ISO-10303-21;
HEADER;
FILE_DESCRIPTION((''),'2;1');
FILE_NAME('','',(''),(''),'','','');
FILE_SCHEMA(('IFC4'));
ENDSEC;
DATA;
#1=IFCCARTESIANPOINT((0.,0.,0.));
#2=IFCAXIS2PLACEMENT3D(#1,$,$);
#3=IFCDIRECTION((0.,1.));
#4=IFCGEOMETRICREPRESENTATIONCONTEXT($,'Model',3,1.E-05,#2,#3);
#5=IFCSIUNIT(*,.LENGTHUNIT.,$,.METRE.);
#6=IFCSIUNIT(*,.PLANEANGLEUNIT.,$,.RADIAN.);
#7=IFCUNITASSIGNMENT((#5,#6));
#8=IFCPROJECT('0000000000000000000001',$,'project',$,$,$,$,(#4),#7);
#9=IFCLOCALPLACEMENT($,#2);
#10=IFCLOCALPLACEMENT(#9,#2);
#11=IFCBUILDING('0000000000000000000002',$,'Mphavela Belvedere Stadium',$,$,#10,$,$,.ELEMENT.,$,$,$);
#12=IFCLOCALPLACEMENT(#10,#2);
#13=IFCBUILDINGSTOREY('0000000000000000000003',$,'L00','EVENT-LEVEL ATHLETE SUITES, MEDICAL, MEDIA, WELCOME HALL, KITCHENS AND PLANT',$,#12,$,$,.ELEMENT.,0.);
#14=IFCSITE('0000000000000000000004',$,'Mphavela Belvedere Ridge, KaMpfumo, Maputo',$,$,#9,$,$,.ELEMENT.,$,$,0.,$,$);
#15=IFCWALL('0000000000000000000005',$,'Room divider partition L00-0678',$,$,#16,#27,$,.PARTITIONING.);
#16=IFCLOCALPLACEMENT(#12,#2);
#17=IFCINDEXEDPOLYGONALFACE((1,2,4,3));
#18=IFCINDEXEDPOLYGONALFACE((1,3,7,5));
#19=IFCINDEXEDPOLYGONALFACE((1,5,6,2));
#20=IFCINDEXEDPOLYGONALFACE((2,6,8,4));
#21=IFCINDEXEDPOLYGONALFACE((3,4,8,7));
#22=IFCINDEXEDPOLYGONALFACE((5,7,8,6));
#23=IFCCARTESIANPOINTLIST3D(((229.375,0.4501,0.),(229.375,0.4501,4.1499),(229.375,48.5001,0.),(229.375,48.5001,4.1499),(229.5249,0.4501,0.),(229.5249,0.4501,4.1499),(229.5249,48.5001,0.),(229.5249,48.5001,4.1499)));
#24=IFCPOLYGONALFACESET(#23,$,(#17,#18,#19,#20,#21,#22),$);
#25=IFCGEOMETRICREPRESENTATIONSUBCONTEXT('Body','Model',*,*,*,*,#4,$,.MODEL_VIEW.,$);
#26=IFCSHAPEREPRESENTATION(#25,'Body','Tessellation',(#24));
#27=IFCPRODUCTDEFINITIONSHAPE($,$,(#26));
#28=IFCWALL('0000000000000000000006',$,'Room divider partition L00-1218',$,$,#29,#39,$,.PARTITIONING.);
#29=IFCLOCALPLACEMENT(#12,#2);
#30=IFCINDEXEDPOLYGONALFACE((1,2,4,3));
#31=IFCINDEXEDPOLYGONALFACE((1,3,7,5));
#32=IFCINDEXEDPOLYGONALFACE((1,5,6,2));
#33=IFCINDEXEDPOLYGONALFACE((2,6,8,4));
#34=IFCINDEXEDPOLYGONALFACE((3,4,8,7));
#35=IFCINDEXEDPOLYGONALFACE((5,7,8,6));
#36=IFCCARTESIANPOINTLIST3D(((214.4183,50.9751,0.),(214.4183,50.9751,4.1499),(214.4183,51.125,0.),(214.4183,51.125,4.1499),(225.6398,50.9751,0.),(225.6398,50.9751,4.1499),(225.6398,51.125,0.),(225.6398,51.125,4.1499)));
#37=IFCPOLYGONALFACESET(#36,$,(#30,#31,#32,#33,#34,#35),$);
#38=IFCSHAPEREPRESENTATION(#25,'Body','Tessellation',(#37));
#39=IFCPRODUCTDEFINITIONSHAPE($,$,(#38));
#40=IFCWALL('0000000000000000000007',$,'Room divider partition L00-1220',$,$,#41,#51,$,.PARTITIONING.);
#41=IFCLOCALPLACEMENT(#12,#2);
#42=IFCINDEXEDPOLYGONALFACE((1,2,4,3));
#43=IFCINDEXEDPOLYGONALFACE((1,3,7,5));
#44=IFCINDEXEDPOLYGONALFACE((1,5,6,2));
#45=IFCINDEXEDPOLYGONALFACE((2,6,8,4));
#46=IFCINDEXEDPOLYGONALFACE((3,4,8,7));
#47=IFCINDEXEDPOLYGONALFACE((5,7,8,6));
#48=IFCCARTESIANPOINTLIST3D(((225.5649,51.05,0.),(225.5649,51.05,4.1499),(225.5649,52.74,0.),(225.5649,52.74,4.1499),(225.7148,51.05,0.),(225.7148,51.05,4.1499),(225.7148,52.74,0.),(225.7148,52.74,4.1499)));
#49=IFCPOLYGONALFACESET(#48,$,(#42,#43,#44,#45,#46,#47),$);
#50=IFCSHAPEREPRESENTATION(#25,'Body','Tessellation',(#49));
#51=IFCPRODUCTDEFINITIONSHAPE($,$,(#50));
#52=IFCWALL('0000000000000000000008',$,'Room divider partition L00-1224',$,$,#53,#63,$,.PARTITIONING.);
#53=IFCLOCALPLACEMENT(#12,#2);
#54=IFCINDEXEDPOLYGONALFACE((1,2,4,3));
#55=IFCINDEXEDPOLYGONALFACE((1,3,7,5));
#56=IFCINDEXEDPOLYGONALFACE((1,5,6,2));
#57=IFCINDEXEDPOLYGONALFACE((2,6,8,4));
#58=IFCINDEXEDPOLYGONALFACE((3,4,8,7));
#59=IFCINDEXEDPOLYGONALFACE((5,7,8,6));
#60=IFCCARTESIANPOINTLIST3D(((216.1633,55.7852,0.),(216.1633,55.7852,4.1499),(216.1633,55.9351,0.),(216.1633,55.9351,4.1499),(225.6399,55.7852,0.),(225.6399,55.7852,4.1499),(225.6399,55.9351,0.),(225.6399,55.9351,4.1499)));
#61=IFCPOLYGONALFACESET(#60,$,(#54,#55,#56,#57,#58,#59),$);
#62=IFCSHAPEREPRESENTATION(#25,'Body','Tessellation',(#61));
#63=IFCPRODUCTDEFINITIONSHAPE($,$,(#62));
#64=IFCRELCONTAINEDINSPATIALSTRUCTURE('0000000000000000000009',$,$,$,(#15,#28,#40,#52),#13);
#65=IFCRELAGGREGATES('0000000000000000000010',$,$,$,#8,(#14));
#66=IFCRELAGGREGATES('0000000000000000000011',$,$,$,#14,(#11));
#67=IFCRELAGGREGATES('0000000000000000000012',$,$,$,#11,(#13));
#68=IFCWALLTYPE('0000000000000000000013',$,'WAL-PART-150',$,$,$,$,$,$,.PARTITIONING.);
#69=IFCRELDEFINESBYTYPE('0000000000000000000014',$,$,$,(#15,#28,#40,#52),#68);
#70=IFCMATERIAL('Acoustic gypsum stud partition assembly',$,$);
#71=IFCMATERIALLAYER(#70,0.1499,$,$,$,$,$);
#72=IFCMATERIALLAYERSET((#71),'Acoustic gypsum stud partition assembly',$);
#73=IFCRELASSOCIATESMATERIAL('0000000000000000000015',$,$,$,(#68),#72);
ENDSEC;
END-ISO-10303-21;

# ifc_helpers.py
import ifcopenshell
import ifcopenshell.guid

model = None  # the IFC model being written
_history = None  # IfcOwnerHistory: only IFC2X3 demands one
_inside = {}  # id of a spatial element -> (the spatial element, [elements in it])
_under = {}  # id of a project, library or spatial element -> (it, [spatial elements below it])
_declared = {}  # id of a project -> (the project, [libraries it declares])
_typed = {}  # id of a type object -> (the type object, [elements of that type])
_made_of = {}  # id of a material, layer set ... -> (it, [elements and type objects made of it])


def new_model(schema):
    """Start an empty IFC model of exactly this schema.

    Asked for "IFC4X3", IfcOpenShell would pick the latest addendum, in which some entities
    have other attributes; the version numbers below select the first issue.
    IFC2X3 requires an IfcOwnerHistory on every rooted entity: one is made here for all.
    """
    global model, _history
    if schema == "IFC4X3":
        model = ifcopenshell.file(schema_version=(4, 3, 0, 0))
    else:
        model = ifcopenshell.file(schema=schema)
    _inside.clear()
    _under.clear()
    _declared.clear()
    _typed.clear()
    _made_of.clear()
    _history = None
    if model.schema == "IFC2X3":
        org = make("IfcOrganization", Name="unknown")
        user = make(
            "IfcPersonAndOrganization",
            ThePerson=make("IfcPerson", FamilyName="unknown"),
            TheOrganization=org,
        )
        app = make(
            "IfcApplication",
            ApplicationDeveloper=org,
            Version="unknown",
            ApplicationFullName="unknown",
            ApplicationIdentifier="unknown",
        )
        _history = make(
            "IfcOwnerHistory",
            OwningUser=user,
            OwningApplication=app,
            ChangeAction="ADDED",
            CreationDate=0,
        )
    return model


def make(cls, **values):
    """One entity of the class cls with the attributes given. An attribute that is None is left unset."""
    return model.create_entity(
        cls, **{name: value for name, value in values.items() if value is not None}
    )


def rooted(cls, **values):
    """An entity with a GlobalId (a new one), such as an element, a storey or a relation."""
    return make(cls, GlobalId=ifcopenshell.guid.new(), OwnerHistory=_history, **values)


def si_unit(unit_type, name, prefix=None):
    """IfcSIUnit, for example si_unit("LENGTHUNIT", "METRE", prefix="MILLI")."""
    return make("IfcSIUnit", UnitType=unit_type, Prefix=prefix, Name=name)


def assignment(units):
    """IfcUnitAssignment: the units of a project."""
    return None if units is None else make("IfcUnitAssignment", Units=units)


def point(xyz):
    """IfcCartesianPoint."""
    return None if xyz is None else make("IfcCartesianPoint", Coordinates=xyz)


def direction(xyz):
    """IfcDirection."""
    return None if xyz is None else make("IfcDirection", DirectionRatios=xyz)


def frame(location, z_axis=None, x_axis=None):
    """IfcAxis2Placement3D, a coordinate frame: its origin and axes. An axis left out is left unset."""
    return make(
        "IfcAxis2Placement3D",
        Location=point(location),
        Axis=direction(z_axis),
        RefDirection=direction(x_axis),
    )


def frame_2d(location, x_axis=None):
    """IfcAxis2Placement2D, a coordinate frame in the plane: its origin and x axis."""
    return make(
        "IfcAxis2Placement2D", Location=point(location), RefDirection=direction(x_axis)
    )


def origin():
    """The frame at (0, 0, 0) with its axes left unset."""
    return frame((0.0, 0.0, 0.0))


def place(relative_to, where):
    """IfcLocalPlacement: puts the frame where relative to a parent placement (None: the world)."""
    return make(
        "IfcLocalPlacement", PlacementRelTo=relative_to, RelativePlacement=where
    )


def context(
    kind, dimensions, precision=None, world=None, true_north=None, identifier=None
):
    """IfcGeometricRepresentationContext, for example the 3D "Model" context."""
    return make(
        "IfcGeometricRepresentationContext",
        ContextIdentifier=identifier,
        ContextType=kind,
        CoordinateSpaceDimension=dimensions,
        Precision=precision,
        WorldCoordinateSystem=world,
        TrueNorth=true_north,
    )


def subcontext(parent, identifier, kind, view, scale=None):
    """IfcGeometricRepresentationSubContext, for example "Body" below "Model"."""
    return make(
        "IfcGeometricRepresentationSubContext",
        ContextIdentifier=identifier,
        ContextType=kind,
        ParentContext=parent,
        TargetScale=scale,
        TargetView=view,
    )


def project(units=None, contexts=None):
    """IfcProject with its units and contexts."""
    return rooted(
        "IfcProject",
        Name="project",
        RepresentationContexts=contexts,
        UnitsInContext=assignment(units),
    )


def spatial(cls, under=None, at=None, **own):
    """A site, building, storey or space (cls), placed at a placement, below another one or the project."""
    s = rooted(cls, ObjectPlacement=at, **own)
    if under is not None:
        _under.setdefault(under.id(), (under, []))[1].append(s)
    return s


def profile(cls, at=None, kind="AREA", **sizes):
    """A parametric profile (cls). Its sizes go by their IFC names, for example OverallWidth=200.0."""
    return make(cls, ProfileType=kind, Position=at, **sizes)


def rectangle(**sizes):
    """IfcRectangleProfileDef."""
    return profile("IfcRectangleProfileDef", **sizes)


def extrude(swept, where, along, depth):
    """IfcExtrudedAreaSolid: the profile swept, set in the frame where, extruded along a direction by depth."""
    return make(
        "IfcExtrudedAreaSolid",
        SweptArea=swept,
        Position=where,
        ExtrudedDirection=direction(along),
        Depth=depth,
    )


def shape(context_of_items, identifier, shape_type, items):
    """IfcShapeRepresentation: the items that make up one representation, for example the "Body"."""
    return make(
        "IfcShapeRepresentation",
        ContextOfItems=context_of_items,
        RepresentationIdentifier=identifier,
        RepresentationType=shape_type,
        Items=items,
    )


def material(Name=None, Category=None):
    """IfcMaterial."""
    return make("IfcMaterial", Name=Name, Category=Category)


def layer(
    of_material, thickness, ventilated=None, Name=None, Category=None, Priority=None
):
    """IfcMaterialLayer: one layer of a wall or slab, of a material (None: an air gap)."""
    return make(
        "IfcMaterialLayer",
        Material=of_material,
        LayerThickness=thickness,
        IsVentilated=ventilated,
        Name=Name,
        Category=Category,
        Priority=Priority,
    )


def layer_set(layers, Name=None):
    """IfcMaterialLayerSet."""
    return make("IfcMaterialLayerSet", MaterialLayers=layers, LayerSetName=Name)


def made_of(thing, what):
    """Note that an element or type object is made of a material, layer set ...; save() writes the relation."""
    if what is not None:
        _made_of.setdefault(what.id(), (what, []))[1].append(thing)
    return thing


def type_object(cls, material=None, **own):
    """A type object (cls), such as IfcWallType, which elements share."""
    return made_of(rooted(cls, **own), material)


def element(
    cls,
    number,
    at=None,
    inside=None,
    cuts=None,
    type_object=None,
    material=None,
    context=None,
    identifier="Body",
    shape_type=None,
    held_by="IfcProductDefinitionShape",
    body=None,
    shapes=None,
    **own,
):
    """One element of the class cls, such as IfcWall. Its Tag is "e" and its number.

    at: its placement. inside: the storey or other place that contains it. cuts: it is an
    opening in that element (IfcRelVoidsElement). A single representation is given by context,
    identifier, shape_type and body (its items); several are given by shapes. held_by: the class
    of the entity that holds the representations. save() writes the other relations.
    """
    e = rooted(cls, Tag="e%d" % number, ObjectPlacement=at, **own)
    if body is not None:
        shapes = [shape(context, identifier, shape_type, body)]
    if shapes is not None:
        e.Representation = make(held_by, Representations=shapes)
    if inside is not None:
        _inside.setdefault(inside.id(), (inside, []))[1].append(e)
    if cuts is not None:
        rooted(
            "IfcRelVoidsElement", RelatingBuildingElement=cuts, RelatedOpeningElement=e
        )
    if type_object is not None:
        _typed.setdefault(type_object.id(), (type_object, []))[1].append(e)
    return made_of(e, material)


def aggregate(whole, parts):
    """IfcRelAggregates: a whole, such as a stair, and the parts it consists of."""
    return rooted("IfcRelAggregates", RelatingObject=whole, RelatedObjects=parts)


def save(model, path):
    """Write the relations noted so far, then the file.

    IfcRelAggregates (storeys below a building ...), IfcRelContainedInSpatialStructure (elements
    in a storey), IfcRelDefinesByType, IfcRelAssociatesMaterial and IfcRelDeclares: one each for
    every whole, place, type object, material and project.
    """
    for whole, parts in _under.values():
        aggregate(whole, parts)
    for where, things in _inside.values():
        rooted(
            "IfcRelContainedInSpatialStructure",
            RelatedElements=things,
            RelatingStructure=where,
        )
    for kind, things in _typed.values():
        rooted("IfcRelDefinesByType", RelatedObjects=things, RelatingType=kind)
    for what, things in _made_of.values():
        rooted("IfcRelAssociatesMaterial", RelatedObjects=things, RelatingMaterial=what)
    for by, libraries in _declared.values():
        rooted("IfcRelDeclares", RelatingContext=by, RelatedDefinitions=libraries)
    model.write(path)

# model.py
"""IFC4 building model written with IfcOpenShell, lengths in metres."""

from ifc_helpers import new_model, si_unit, direction, frame, frame_2d, origin, place, context, subcontext, project, spatial, rectangle, extrude, material, layer, layer_set, type_object, element, save


model = new_model("IFC4")

# Units and contexts
model_context = context("Model", 3, precision=1e-05, world=origin(), true_north=direction((0.0, 1.0)))
body_context = subcontext(model_context, "Body", "Model", "MODEL_VIEW")
ifc_project = project(units=[si_unit("LENGTHUNIT", "METRE"), si_unit("PLANEANGLEUNIT", "RADIAN")], contexts=[model_context])

# Site, building, storey
site_placement = place(None, origin())
site = spatial("IfcSite", under=ifc_project, at=site_placement, Name="Mphavela Belvedere Ridge, KaMpfumo, Maputo", CompositionType="ELEMENT", RefElevation=0.0)
building_placement = place(site_placement, origin())
building = spatial("IfcBuilding", under=site, at=building_placement, Name="Mphavela Belvedere Stadium", CompositionType="ELEMENT")
storey_placement = place(building_placement, origin())
storey = spatial("IfcBuildingStorey", under=building, at=storey_placement, Name="L00", Description="EVENT-LEVEL ATHLETE SUITES, MEDICAL, MEDIA, WELCOME HALL, KITCHENS AND PLANT", CompositionType="ELEMENT", Elevation=0.0)

# Shared definitions
ifc_material_1 = material(Name="Acoustic gypsum stud partition assembly")
ifc_layer_1 = layer(ifc_material_1, 0.1499)
ifc_layer_set_1 = layer_set([ifc_layer_1], Name="Acoustic gypsum stud partition assembly")
wall_type_1 = type_object("IfcWallType", Name="WAL-PART-150", PredefinedType="PARTITIONING", material=ifc_layer_set_1)

# Walls
wall_1_placement = place(storey_placement, frame((229.45, 48.5, 0.0), z_axis=(0.0, 0.0, 1.0), x_axis=(0.0, -1.0, 0.0)))
element("IfcWall", 1, at=wall_1_placement, inside=storey, type_object=wall_type_1, Name="Room divider partition L00-0678", PredefinedType="PARTITIONING", context=body_context, shape_type="SweptSolid", body=[
    extrude(rectangle(XDim=48.05, YDim=0.1499, at=frame_2d((24.0249, 0.0))), origin(), (0.0, 0.0, 1.0), 4.1499),
])
wall_2_placement = place(storey_placement, frame((225.6399, 51.05, 0.0), z_axis=(0.0, 0.0, 1.0), x_axis=(-1.0, 0.0, 0.0)))
element("IfcWall", 2, at=wall_2_placement, inside=storey, type_object=wall_type_1, Name="Room divider partition L00-1218", PredefinedType="PARTITIONING", context=body_context, shape_type="SweptSolid", body=[
    extrude(rectangle(XDim=11.2214, YDim=0.1499, at=frame_2d((5.6108, 0.0))), origin(), (0.0, 0.0, 1.0), 4.1499),
])
wall_3_placement = place(storey_placement, frame((225.6399, 52.74, 0.0), z_axis=(0.0, 0.0, 1.0), x_axis=(0.0, -1.0, 0.0)))
element("IfcWall", 3, at=wall_3_placement, inside=storey, type_object=wall_type_1, Name="Room divider partition L00-1220", PredefinedType="PARTITIONING", context=body_context, shape_type="SweptSolid", body=[
    extrude(rectangle(XDim=1.6899, YDim=0.1499, at=frame_2d((0.845, 0.0))), origin(), (0.0, 0.0, 1.0), 4.1499),
])
wall_4_placement = place(storey_placement, frame((225.6399, 55.8601, 0.0), z_axis=(0.0, 0.0, 1.0), x_axis=(-1.0, 0.0, 0.0)))
element("IfcWall", 4, at=wall_4_placement, inside=storey, type_object=wall_type_1, Name="Room divider partition L00-1224", PredefinedType="PARTITIONING", context=body_context, shape_type="SweptSolid", body=[
    extrude(rectangle(XDim=9.4766, YDim=0.1499, at=frame_2d((4.7383, 0.0))), origin(), (0.0, 0.0, 1.0), 4.1499),
])

save(model, "model.ifc")
